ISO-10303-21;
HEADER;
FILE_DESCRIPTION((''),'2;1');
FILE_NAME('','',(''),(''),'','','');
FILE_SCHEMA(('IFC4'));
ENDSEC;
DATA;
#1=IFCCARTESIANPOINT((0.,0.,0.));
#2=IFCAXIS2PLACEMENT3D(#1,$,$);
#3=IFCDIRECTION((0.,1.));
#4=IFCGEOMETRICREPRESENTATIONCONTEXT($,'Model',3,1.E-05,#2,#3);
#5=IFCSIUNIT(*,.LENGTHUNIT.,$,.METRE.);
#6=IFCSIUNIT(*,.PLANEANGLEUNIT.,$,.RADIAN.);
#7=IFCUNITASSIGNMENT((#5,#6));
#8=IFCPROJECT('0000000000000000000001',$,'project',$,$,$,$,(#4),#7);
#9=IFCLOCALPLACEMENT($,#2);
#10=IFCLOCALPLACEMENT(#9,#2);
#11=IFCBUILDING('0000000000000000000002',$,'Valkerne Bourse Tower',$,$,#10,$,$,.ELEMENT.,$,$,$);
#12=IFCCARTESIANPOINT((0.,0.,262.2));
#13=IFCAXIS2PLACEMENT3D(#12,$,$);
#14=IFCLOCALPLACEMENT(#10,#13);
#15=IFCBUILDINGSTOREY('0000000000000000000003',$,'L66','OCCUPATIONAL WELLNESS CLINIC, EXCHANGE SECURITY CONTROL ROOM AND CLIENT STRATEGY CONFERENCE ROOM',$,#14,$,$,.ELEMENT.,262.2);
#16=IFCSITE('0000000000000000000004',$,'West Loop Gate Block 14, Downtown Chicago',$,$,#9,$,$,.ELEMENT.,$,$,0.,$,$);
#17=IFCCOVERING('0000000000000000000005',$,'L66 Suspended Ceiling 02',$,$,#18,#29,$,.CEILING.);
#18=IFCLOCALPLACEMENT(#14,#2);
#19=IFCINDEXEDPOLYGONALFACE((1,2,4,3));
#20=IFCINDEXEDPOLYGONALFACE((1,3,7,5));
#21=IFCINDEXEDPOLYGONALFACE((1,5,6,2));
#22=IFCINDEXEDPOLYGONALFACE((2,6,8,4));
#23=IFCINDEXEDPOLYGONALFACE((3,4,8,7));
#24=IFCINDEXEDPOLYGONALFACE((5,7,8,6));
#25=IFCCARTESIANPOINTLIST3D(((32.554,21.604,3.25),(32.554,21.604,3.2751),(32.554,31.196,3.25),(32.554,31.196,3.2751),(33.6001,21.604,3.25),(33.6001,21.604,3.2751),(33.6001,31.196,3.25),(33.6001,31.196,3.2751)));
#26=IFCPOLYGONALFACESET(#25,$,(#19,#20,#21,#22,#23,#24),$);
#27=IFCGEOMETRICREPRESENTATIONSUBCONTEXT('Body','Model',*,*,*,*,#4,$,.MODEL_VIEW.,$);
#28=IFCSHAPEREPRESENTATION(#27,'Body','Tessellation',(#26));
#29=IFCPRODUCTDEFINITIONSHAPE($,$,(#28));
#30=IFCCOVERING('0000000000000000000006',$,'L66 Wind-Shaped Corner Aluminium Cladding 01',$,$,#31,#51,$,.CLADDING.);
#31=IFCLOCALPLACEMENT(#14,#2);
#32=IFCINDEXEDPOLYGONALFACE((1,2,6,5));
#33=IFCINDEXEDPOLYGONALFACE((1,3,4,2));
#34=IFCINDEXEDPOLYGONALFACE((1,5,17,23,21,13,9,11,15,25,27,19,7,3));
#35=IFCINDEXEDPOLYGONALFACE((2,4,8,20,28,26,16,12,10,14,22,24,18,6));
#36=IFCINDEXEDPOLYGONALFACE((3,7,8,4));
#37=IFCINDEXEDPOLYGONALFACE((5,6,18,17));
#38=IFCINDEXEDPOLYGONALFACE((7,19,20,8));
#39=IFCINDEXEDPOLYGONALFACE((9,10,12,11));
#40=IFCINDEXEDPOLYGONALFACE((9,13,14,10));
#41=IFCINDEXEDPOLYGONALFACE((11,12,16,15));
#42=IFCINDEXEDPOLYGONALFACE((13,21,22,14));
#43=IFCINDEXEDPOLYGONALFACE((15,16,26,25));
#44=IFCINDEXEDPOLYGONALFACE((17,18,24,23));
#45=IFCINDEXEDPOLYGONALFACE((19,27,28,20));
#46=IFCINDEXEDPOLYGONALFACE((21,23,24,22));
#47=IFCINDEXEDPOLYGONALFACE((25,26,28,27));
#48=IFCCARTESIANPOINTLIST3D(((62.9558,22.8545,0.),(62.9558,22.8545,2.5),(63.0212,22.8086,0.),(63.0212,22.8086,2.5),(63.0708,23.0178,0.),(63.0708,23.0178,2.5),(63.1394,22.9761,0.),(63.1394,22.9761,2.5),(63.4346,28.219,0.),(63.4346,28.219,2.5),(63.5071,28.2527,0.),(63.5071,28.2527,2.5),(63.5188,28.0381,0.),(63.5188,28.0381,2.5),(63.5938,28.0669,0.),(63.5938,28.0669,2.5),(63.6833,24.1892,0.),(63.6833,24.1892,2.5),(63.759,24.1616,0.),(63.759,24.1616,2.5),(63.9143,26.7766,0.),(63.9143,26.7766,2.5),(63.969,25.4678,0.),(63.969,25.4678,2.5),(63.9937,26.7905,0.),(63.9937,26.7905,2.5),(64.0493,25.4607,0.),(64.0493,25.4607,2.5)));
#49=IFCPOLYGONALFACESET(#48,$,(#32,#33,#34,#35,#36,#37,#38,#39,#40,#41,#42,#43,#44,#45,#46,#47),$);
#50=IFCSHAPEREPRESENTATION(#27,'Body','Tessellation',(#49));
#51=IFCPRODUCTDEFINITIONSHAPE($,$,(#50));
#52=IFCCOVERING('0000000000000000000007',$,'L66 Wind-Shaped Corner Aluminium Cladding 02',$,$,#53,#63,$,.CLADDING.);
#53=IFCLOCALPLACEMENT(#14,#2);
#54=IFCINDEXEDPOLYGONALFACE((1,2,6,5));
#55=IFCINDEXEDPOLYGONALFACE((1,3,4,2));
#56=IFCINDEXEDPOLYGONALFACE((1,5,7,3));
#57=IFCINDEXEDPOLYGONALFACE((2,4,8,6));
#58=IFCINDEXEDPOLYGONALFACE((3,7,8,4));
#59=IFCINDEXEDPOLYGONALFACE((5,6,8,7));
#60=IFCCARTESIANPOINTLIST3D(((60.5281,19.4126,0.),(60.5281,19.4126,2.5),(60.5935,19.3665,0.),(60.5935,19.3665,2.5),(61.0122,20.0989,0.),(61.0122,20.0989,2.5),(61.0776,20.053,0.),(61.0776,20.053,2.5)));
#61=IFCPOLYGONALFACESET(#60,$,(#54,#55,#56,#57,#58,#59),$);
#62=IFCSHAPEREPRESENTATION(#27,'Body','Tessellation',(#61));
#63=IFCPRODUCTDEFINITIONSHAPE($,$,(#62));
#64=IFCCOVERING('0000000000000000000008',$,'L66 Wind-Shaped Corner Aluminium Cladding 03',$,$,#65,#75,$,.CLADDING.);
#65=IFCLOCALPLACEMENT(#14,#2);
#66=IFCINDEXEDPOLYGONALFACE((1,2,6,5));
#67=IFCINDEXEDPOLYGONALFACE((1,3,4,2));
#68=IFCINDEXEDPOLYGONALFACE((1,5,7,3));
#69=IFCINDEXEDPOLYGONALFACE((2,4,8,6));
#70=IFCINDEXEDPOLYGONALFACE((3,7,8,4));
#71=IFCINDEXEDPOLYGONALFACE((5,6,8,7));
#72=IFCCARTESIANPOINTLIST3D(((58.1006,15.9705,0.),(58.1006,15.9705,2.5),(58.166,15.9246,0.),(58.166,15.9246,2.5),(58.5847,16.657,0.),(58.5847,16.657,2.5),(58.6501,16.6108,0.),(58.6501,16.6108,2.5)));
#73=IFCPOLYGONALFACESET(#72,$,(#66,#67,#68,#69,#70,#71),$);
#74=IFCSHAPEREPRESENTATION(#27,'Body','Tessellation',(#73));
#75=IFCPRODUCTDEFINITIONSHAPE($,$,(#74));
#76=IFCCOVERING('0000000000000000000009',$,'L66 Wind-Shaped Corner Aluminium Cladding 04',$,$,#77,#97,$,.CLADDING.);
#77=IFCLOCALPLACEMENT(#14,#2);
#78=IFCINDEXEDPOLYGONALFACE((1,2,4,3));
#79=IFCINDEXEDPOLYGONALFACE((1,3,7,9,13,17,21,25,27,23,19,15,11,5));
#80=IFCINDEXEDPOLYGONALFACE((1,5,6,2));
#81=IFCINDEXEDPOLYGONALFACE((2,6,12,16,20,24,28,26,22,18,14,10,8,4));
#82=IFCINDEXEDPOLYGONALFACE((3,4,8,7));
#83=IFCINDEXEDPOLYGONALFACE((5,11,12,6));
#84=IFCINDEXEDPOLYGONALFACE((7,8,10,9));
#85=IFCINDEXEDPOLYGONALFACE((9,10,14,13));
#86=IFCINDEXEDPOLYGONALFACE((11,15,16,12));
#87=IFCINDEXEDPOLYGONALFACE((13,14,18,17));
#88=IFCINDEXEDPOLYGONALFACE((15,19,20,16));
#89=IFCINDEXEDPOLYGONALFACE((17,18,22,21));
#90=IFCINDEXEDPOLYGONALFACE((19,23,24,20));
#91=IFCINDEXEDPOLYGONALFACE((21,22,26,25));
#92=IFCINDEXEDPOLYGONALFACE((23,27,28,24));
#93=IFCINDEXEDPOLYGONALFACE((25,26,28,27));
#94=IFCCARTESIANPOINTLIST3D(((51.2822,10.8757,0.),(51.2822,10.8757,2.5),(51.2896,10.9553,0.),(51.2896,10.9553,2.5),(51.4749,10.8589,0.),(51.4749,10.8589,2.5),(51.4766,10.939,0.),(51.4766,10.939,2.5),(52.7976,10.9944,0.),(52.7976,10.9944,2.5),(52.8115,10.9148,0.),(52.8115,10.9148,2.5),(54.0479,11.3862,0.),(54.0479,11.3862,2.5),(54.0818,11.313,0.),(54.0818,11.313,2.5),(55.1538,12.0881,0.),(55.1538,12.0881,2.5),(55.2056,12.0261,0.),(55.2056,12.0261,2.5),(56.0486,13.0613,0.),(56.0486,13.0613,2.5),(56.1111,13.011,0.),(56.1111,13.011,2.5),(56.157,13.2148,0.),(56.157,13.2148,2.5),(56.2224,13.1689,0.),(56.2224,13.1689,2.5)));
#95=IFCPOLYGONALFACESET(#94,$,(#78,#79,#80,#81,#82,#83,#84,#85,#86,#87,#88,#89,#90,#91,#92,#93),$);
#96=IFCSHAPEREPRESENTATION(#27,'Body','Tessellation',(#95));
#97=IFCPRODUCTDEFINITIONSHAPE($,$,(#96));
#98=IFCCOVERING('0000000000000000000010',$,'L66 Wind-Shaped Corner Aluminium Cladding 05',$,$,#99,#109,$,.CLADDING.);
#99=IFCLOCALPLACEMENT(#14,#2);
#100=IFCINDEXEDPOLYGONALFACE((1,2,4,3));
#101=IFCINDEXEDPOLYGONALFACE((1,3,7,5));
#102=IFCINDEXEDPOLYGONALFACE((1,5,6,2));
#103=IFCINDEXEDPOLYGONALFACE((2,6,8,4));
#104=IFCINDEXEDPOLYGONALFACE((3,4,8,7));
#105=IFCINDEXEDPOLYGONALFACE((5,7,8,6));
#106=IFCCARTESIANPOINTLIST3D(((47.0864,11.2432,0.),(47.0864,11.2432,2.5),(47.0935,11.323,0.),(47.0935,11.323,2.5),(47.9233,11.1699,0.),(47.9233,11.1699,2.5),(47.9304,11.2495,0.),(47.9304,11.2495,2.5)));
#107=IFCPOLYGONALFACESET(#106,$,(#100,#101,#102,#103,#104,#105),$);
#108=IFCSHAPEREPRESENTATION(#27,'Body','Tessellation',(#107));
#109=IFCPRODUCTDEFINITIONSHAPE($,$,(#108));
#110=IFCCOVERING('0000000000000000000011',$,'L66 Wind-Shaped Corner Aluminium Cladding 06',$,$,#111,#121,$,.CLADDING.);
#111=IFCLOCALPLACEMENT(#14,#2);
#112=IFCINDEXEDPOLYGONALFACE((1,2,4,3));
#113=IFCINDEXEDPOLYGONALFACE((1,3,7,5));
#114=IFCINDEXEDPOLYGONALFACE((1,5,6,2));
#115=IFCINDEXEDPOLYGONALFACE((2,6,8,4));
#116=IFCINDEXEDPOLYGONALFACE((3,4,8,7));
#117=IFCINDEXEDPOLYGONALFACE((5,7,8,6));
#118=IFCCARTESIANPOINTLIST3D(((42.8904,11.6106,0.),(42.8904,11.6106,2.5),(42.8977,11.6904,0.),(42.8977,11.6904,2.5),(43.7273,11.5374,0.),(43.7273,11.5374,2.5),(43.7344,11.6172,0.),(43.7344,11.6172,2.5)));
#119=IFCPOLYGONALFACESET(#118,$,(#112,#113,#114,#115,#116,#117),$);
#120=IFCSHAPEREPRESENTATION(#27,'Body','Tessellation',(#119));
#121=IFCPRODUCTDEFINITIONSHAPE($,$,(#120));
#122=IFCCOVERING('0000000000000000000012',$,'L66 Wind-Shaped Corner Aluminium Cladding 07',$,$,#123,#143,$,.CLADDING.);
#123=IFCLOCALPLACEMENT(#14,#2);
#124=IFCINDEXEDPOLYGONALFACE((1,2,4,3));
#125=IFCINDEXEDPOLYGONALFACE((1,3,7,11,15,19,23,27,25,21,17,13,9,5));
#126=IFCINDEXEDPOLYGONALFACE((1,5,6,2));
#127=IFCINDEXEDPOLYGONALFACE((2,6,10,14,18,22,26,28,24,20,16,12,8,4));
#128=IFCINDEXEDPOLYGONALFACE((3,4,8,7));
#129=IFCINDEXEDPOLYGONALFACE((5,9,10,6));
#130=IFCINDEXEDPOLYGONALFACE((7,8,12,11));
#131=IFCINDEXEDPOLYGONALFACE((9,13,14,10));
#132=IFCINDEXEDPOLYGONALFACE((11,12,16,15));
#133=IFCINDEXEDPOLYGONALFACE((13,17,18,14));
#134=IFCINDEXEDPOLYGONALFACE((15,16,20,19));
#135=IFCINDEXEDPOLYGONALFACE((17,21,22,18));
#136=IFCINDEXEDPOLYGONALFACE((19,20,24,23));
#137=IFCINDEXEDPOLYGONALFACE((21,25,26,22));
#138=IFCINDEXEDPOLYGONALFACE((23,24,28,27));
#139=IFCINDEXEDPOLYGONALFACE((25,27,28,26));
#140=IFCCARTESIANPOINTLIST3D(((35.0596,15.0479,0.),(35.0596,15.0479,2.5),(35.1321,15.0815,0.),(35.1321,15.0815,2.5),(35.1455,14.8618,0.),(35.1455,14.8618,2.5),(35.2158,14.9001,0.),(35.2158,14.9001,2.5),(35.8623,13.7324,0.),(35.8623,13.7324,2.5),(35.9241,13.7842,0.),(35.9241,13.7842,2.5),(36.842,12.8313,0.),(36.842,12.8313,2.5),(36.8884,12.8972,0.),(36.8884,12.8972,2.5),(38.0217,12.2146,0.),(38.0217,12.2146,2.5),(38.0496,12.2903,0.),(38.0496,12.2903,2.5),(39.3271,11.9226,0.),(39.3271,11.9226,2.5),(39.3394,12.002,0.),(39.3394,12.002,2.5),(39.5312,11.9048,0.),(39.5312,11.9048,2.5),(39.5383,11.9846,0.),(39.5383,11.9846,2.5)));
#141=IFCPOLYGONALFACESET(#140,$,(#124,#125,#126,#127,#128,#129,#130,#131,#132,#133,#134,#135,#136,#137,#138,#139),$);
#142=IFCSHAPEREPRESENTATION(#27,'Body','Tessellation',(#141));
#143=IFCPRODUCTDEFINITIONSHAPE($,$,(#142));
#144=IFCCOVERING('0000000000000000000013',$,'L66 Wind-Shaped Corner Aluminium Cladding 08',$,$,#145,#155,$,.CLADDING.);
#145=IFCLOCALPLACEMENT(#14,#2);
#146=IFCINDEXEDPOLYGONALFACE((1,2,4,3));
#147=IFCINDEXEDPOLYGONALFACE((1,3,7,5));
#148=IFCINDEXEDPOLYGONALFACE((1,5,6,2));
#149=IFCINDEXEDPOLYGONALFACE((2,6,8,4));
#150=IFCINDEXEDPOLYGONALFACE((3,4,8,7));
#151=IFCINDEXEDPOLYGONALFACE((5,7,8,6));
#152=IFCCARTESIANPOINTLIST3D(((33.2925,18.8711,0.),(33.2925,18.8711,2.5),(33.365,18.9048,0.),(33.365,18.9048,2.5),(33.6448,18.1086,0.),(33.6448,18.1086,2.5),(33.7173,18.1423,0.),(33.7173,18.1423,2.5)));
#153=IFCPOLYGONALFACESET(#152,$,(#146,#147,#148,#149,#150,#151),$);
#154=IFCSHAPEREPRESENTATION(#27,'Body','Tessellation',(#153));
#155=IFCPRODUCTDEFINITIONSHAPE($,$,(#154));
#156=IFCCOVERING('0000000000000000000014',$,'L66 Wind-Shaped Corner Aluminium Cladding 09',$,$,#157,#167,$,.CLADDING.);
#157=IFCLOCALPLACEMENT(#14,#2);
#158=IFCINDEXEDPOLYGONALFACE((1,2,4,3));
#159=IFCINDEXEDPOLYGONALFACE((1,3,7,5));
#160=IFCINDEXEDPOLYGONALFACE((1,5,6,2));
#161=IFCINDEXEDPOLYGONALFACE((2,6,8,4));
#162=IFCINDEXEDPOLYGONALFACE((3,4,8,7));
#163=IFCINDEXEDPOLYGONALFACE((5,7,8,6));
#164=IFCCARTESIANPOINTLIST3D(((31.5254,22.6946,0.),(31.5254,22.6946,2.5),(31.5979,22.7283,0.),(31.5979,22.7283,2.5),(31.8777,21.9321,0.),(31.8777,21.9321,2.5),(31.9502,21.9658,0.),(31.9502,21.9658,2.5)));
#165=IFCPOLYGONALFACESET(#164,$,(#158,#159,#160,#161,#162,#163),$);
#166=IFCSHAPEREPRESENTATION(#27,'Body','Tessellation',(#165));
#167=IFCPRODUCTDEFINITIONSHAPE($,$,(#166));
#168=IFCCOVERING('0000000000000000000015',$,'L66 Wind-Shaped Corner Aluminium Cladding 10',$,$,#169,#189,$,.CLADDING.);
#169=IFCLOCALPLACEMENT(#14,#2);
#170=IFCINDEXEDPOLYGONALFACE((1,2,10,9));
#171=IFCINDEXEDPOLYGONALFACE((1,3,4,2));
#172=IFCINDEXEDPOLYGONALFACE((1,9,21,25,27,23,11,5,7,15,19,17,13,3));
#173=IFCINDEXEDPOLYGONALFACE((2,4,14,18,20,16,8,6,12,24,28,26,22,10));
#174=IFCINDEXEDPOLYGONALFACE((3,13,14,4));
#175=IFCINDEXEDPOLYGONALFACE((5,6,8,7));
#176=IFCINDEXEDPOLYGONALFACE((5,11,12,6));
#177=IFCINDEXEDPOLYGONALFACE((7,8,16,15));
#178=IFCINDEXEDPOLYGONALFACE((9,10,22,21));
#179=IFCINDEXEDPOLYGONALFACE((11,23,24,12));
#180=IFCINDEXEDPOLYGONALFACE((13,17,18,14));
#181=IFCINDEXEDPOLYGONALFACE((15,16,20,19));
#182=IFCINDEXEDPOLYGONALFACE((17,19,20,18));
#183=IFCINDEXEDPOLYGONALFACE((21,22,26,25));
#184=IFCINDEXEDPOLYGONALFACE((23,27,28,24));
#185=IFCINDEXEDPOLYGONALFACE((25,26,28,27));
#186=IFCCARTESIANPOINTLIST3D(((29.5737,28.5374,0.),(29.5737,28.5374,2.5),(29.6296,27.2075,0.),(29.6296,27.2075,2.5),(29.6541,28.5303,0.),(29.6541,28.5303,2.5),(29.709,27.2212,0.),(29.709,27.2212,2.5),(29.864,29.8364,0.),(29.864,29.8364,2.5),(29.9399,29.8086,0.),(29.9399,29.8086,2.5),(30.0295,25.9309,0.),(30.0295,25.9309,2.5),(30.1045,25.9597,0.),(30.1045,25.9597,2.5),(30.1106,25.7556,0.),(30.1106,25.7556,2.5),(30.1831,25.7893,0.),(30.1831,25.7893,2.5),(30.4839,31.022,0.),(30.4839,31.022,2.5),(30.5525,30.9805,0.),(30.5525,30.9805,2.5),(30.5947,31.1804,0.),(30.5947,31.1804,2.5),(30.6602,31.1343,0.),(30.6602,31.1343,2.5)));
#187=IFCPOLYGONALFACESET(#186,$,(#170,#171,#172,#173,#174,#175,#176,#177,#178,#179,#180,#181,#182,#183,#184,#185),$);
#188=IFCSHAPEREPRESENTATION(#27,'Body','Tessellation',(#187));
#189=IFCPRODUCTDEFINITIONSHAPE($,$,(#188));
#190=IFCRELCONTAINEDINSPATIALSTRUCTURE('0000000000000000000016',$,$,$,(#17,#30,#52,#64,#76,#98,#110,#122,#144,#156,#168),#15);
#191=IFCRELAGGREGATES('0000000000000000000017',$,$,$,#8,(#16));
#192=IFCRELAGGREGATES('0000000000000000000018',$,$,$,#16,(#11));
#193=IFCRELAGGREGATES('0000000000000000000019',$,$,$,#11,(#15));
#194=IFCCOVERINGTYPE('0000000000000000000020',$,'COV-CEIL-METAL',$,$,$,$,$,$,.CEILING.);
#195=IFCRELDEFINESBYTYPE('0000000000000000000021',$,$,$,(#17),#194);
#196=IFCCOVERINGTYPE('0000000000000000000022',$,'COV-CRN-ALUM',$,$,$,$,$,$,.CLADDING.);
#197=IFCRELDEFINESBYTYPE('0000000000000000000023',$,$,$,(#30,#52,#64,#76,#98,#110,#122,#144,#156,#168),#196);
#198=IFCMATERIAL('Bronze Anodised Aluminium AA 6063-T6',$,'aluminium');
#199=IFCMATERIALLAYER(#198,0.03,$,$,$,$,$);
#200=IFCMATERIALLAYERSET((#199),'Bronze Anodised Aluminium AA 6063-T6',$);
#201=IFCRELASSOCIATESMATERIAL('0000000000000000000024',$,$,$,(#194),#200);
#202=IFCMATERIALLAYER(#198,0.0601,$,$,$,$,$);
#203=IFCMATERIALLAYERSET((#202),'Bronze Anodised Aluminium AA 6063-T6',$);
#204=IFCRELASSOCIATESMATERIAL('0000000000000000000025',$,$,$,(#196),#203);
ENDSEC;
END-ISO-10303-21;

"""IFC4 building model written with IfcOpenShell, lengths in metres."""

from ifc_helpers import new_model, si_unit, direction, frame, origin, place, context, subcontext, project, spatial, polyline, outline, extrude, material, layer, layer_set, type_object, element, save


model = new_model("IFC4")

# Units and contexts
model_context = context("Model", 3, precision=1e-05, world=origin(), true_north=direction((0.0, 1.0)))
body_context = subcontext(model_context, "Body", "Model", "MODEL_VIEW")
ifc_project = project(units=[si_unit("LENGTHUNIT", "METRE"), si_unit("PLANEANGLEUNIT", "RADIAN")], contexts=[model_context])

# Site, building, storey
site_placement = place(None, origin())
site = spatial("IfcSite", under=ifc_project, at=site_placement, Name="West Loop Gate Block 14, Downtown Chicago", CompositionType="ELEMENT", RefElevation=0.0)
building_placement = place(site_placement, origin())
building = spatial("IfcBuilding", under=site, at=building_placement, Name="Valkerne Bourse Tower", CompositionType="ELEMENT")
storey_placement = place(building_placement, frame((0.0, 0.0, 262.2)))
storey = spatial("IfcBuildingStorey", under=building, at=storey_placement, Name="L66", Description="OCCUPATIONAL WELLNESS CLINIC, EXCHANGE SECURITY CONTROL ROOM AND CLIENT STRATEGY CONFERENCE ROOM", CompositionType="ELEMENT", Elevation=262.2)

# Coverings
ifc_material_1 = material(Name="Bronze Anodised Aluminium AA 6063-T6", Category="aluminium")
ifc_layer_1 = layer(ifc_material_1, 0.03)
ifc_layer_set_1 = layer_set([ifc_layer_1], Name="Bronze Anodised Aluminium AA 6063-T6")
covering_type_1 = type_object("IfcCoveringType", Name="COV-CEIL-METAL", PredefinedType="CEILING", material=ifc_layer_set_1)
covering_1_placement = place(storey_placement, frame((0.0, 0.0, 3.25)))
element("IfcCovering", 1, at=covering_1_placement, inside=storey, type_object=covering_type_1, Name="L66 Suspended Ceiling 02", PredefinedType="CEILING", context=body_context, shape_type="SweptSolid", body=[
    extrude(outline(polyline([(32.554, 21.604), (32.554, 31.196), (33.6001, 31.196), (33.6001, 21.604), (32.554, 21.604)])), origin(), (0.0, 0.0, 1.0), 0.0251),
])
ifc_layer_2 = layer(ifc_material_1, 0.0601)
ifc_layer_set_2 = layer_set([ifc_layer_2], Name="Bronze Anodised Aluminium AA 6063-T6")
covering_type_2 = type_object("IfcCoveringType", Name="COV-CRN-ALUM", PredefinedType="CLADDING", material=ifc_layer_set_2)
covering_2_placement = place(storey_placement, origin())
element("IfcCovering", 2, at=covering_2_placement, inside=storey, type_object=covering_type_2, Name="L66 Wind-Shaped Corner Aluminium Cladding 01", PredefinedType="CLADDING", context=body_context, shape_type="SweptSolid", body=[
    extrude(outline(polyline([(63.9937, 26.7905), (64.0493, 25.4607), (63.759, 24.1616), (63.1394, 22.9761), (63.0212, 22.8086), (62.9558, 22.8545), (63.0708, 23.0178), (63.6833, 24.1892), (63.969, 25.4678), (63.9143, 26.7766), (63.5188, 28.0381), (63.4346, 28.219), (63.5071, 28.2527), (63.5938, 28.0669), (63.9937, 26.7905)])), origin(), (0.0, 0.0, 1.0), 2.5),
])
covering_3_placement = place(storey_placement, origin())
element("IfcCovering", 3, at=covering_3_placement, inside=storey, type_object=covering_type_2, Name="L66 Wind-Shaped Corner Aluminium Cladding 02", PredefinedType="CLADDING", context=body_context, shape_type="SweptSolid", body=[
    extrude(outline(polyline([(60.5935, 19.3665), (60.5281, 19.4126), (61.0122, 20.0989), (61.0776, 20.053), (60.5935, 19.3665)])), origin(), (0.0, 0.0, 1.0), 2.5),
])
covering_4_placement = place(storey_placement, origin())
element("IfcCovering", 4, at=covering_4_placement, inside=storey, type_object=covering_type_2, Name="L66 Wind-Shaped Corner Aluminium Cladding 03", PredefinedType="CLADDING", context=body_context, shape_type="SweptSolid", body=[
    extrude(outline(polyline([(58.166, 15.9246), (58.1006, 15.9705), (58.5847, 16.657), (58.6501, 16.6108), (58.166, 15.9246)])), origin(), (0.0, 0.0, 1.0), 2.5),
])
covering_5_placement = place(storey_placement, origin())
element("IfcCovering", 5, at=covering_5_placement, inside=storey, type_object=covering_type_2, Name="L66 Wind-Shaped Corner Aluminium Cladding 04", PredefinedType="CLADDING", context=body_context, shape_type="SweptSolid", body=[
    extrude(outline(polyline([(56.1111, 13.011), (55.2056, 12.0261), (54.0818, 11.313), (52.8115, 10.9148), (51.4749, 10.8589), (51.2822, 10.8757), (51.2896, 10.9553), (51.4766, 10.939), (52.7976, 10.9944), (54.0479, 11.3862), (55.1538, 12.0881), (56.0486, 13.0613), (56.157, 13.2148), (56.2224, 13.1689), (56.1111, 13.011)])), origin(), (0.0, 0.0, 1.0), 2.5),
])
covering_6_placement = place(storey_placement, origin())
element("IfcCovering", 6, at=covering_6_placement, inside=storey, type_object=covering_type_2, Name="L66 Wind-Shaped Corner Aluminium Cladding 05", PredefinedType="CLADDING", context=body_context, shape_type="SweptSolid", body=[
    extrude(outline(polyline([(47.0864, 11.2432), (47.0935, 11.323), (47.9304, 11.2495), (47.9233, 11.1699), (47.0864, 11.2432)])), origin(), (0.0, 0.0, 1.0), 2.5),
])
covering_7_placement = place(storey_placement, origin())
element("IfcCovering", 7, at=covering_7_placement, inside=storey, type_object=covering_type_2, Name="L66 Wind-Shaped Corner Aluminium Cladding 06", PredefinedType="CLADDING", context=body_context, shape_type="SweptSolid", body=[
    extrude(outline(polyline([(42.8904, 11.6106), (42.8977, 11.6904), (43.7344, 11.6172), (43.7273, 11.5374), (42.8904, 11.6106)])), origin(), (0.0, 0.0, 1.0), 2.5),
])
covering_8_placement = place(storey_placement, origin())
element("IfcCovering", 8, at=covering_8_placement, inside=storey, type_object=covering_type_2, Name="L66 Wind-Shaped Corner Aluminium Cladding 07", PredefinedType="CLADDING", context=body_context, shape_type="SweptSolid", body=[
    extrude(outline(polyline([(39.3271, 11.9226), (38.0217, 12.2146), (36.842, 12.8313), (35.8623, 13.7324), (35.1455, 14.8618), (35.0596, 15.0479), (35.1321, 15.0815), (35.2158, 14.9001), (35.9241, 13.7842), (36.8884, 12.8972), (38.0496, 12.2903), (39.3394, 12.002), (39.5383, 11.9846), (39.5312, 11.9048), (39.3271, 11.9226)])), origin(), (0.0, 0.0, 1.0), 2.5),
])
covering_9_placement = place(storey_placement, origin())
element("IfcCovering", 9, at=covering_9_placement, inside=storey, type_object=covering_type_2, Name="L66 Wind-Shaped Corner Aluminium Cladding 08", PredefinedType="CLADDING", context=body_context, shape_type="SweptSolid", body=[
    extrude(outline(polyline([(33.2925, 18.8711), (33.365, 18.9048), (33.7173, 18.1423), (33.6448, 18.1086), (33.2925, 18.8711)])), origin(), (0.0, 0.0, 1.0), 2.5),
])
covering_10_placement = place(storey_placement, origin())
element("IfcCovering", 10, at=covering_10_placement, inside=storey, type_object=covering_type_2, Name="L66 Wind-Shaped Corner Aluminium Cladding 09", PredefinedType="CLADDING", context=body_context, shape_type="SweptSolid", body=[
    extrude(outline(polyline([(31.5254, 22.6946), (31.5979, 22.7283), (31.9502, 21.9658), (31.8777, 21.9321), (31.5254, 22.6946)])), origin(), (0.0, 0.0, 1.0), 2.5),
])
covering_11_placement = place(storey_placement, origin())
element("IfcCovering", 11, at=covering_11_placement, inside=storey, type_object=covering_type_2, Name="L66 Wind-Shaped Corner Aluminium Cladding 10", PredefinedType="CLADDING", context=body_context, shape_type="SweptSolid", body=[
    extrude(outline(polyline([(30.0295, 25.9309), (29.6296, 27.2075), (29.5737, 28.5374), (29.864, 29.8364), (30.4839, 31.022), (30.5947, 31.1804), (30.6602, 31.1343), (30.5525, 30.9805), (29.9399, 29.8086), (29.6541, 28.5303), (29.709, 27.2212), (30.1045, 25.9597), (30.1831, 25.7893), (30.1106, 25.7556), (30.0295, 25.9309)])), origin(), (0.0, 0.0, 1.0), 2.5),
])

save(model, "model.ifc")
